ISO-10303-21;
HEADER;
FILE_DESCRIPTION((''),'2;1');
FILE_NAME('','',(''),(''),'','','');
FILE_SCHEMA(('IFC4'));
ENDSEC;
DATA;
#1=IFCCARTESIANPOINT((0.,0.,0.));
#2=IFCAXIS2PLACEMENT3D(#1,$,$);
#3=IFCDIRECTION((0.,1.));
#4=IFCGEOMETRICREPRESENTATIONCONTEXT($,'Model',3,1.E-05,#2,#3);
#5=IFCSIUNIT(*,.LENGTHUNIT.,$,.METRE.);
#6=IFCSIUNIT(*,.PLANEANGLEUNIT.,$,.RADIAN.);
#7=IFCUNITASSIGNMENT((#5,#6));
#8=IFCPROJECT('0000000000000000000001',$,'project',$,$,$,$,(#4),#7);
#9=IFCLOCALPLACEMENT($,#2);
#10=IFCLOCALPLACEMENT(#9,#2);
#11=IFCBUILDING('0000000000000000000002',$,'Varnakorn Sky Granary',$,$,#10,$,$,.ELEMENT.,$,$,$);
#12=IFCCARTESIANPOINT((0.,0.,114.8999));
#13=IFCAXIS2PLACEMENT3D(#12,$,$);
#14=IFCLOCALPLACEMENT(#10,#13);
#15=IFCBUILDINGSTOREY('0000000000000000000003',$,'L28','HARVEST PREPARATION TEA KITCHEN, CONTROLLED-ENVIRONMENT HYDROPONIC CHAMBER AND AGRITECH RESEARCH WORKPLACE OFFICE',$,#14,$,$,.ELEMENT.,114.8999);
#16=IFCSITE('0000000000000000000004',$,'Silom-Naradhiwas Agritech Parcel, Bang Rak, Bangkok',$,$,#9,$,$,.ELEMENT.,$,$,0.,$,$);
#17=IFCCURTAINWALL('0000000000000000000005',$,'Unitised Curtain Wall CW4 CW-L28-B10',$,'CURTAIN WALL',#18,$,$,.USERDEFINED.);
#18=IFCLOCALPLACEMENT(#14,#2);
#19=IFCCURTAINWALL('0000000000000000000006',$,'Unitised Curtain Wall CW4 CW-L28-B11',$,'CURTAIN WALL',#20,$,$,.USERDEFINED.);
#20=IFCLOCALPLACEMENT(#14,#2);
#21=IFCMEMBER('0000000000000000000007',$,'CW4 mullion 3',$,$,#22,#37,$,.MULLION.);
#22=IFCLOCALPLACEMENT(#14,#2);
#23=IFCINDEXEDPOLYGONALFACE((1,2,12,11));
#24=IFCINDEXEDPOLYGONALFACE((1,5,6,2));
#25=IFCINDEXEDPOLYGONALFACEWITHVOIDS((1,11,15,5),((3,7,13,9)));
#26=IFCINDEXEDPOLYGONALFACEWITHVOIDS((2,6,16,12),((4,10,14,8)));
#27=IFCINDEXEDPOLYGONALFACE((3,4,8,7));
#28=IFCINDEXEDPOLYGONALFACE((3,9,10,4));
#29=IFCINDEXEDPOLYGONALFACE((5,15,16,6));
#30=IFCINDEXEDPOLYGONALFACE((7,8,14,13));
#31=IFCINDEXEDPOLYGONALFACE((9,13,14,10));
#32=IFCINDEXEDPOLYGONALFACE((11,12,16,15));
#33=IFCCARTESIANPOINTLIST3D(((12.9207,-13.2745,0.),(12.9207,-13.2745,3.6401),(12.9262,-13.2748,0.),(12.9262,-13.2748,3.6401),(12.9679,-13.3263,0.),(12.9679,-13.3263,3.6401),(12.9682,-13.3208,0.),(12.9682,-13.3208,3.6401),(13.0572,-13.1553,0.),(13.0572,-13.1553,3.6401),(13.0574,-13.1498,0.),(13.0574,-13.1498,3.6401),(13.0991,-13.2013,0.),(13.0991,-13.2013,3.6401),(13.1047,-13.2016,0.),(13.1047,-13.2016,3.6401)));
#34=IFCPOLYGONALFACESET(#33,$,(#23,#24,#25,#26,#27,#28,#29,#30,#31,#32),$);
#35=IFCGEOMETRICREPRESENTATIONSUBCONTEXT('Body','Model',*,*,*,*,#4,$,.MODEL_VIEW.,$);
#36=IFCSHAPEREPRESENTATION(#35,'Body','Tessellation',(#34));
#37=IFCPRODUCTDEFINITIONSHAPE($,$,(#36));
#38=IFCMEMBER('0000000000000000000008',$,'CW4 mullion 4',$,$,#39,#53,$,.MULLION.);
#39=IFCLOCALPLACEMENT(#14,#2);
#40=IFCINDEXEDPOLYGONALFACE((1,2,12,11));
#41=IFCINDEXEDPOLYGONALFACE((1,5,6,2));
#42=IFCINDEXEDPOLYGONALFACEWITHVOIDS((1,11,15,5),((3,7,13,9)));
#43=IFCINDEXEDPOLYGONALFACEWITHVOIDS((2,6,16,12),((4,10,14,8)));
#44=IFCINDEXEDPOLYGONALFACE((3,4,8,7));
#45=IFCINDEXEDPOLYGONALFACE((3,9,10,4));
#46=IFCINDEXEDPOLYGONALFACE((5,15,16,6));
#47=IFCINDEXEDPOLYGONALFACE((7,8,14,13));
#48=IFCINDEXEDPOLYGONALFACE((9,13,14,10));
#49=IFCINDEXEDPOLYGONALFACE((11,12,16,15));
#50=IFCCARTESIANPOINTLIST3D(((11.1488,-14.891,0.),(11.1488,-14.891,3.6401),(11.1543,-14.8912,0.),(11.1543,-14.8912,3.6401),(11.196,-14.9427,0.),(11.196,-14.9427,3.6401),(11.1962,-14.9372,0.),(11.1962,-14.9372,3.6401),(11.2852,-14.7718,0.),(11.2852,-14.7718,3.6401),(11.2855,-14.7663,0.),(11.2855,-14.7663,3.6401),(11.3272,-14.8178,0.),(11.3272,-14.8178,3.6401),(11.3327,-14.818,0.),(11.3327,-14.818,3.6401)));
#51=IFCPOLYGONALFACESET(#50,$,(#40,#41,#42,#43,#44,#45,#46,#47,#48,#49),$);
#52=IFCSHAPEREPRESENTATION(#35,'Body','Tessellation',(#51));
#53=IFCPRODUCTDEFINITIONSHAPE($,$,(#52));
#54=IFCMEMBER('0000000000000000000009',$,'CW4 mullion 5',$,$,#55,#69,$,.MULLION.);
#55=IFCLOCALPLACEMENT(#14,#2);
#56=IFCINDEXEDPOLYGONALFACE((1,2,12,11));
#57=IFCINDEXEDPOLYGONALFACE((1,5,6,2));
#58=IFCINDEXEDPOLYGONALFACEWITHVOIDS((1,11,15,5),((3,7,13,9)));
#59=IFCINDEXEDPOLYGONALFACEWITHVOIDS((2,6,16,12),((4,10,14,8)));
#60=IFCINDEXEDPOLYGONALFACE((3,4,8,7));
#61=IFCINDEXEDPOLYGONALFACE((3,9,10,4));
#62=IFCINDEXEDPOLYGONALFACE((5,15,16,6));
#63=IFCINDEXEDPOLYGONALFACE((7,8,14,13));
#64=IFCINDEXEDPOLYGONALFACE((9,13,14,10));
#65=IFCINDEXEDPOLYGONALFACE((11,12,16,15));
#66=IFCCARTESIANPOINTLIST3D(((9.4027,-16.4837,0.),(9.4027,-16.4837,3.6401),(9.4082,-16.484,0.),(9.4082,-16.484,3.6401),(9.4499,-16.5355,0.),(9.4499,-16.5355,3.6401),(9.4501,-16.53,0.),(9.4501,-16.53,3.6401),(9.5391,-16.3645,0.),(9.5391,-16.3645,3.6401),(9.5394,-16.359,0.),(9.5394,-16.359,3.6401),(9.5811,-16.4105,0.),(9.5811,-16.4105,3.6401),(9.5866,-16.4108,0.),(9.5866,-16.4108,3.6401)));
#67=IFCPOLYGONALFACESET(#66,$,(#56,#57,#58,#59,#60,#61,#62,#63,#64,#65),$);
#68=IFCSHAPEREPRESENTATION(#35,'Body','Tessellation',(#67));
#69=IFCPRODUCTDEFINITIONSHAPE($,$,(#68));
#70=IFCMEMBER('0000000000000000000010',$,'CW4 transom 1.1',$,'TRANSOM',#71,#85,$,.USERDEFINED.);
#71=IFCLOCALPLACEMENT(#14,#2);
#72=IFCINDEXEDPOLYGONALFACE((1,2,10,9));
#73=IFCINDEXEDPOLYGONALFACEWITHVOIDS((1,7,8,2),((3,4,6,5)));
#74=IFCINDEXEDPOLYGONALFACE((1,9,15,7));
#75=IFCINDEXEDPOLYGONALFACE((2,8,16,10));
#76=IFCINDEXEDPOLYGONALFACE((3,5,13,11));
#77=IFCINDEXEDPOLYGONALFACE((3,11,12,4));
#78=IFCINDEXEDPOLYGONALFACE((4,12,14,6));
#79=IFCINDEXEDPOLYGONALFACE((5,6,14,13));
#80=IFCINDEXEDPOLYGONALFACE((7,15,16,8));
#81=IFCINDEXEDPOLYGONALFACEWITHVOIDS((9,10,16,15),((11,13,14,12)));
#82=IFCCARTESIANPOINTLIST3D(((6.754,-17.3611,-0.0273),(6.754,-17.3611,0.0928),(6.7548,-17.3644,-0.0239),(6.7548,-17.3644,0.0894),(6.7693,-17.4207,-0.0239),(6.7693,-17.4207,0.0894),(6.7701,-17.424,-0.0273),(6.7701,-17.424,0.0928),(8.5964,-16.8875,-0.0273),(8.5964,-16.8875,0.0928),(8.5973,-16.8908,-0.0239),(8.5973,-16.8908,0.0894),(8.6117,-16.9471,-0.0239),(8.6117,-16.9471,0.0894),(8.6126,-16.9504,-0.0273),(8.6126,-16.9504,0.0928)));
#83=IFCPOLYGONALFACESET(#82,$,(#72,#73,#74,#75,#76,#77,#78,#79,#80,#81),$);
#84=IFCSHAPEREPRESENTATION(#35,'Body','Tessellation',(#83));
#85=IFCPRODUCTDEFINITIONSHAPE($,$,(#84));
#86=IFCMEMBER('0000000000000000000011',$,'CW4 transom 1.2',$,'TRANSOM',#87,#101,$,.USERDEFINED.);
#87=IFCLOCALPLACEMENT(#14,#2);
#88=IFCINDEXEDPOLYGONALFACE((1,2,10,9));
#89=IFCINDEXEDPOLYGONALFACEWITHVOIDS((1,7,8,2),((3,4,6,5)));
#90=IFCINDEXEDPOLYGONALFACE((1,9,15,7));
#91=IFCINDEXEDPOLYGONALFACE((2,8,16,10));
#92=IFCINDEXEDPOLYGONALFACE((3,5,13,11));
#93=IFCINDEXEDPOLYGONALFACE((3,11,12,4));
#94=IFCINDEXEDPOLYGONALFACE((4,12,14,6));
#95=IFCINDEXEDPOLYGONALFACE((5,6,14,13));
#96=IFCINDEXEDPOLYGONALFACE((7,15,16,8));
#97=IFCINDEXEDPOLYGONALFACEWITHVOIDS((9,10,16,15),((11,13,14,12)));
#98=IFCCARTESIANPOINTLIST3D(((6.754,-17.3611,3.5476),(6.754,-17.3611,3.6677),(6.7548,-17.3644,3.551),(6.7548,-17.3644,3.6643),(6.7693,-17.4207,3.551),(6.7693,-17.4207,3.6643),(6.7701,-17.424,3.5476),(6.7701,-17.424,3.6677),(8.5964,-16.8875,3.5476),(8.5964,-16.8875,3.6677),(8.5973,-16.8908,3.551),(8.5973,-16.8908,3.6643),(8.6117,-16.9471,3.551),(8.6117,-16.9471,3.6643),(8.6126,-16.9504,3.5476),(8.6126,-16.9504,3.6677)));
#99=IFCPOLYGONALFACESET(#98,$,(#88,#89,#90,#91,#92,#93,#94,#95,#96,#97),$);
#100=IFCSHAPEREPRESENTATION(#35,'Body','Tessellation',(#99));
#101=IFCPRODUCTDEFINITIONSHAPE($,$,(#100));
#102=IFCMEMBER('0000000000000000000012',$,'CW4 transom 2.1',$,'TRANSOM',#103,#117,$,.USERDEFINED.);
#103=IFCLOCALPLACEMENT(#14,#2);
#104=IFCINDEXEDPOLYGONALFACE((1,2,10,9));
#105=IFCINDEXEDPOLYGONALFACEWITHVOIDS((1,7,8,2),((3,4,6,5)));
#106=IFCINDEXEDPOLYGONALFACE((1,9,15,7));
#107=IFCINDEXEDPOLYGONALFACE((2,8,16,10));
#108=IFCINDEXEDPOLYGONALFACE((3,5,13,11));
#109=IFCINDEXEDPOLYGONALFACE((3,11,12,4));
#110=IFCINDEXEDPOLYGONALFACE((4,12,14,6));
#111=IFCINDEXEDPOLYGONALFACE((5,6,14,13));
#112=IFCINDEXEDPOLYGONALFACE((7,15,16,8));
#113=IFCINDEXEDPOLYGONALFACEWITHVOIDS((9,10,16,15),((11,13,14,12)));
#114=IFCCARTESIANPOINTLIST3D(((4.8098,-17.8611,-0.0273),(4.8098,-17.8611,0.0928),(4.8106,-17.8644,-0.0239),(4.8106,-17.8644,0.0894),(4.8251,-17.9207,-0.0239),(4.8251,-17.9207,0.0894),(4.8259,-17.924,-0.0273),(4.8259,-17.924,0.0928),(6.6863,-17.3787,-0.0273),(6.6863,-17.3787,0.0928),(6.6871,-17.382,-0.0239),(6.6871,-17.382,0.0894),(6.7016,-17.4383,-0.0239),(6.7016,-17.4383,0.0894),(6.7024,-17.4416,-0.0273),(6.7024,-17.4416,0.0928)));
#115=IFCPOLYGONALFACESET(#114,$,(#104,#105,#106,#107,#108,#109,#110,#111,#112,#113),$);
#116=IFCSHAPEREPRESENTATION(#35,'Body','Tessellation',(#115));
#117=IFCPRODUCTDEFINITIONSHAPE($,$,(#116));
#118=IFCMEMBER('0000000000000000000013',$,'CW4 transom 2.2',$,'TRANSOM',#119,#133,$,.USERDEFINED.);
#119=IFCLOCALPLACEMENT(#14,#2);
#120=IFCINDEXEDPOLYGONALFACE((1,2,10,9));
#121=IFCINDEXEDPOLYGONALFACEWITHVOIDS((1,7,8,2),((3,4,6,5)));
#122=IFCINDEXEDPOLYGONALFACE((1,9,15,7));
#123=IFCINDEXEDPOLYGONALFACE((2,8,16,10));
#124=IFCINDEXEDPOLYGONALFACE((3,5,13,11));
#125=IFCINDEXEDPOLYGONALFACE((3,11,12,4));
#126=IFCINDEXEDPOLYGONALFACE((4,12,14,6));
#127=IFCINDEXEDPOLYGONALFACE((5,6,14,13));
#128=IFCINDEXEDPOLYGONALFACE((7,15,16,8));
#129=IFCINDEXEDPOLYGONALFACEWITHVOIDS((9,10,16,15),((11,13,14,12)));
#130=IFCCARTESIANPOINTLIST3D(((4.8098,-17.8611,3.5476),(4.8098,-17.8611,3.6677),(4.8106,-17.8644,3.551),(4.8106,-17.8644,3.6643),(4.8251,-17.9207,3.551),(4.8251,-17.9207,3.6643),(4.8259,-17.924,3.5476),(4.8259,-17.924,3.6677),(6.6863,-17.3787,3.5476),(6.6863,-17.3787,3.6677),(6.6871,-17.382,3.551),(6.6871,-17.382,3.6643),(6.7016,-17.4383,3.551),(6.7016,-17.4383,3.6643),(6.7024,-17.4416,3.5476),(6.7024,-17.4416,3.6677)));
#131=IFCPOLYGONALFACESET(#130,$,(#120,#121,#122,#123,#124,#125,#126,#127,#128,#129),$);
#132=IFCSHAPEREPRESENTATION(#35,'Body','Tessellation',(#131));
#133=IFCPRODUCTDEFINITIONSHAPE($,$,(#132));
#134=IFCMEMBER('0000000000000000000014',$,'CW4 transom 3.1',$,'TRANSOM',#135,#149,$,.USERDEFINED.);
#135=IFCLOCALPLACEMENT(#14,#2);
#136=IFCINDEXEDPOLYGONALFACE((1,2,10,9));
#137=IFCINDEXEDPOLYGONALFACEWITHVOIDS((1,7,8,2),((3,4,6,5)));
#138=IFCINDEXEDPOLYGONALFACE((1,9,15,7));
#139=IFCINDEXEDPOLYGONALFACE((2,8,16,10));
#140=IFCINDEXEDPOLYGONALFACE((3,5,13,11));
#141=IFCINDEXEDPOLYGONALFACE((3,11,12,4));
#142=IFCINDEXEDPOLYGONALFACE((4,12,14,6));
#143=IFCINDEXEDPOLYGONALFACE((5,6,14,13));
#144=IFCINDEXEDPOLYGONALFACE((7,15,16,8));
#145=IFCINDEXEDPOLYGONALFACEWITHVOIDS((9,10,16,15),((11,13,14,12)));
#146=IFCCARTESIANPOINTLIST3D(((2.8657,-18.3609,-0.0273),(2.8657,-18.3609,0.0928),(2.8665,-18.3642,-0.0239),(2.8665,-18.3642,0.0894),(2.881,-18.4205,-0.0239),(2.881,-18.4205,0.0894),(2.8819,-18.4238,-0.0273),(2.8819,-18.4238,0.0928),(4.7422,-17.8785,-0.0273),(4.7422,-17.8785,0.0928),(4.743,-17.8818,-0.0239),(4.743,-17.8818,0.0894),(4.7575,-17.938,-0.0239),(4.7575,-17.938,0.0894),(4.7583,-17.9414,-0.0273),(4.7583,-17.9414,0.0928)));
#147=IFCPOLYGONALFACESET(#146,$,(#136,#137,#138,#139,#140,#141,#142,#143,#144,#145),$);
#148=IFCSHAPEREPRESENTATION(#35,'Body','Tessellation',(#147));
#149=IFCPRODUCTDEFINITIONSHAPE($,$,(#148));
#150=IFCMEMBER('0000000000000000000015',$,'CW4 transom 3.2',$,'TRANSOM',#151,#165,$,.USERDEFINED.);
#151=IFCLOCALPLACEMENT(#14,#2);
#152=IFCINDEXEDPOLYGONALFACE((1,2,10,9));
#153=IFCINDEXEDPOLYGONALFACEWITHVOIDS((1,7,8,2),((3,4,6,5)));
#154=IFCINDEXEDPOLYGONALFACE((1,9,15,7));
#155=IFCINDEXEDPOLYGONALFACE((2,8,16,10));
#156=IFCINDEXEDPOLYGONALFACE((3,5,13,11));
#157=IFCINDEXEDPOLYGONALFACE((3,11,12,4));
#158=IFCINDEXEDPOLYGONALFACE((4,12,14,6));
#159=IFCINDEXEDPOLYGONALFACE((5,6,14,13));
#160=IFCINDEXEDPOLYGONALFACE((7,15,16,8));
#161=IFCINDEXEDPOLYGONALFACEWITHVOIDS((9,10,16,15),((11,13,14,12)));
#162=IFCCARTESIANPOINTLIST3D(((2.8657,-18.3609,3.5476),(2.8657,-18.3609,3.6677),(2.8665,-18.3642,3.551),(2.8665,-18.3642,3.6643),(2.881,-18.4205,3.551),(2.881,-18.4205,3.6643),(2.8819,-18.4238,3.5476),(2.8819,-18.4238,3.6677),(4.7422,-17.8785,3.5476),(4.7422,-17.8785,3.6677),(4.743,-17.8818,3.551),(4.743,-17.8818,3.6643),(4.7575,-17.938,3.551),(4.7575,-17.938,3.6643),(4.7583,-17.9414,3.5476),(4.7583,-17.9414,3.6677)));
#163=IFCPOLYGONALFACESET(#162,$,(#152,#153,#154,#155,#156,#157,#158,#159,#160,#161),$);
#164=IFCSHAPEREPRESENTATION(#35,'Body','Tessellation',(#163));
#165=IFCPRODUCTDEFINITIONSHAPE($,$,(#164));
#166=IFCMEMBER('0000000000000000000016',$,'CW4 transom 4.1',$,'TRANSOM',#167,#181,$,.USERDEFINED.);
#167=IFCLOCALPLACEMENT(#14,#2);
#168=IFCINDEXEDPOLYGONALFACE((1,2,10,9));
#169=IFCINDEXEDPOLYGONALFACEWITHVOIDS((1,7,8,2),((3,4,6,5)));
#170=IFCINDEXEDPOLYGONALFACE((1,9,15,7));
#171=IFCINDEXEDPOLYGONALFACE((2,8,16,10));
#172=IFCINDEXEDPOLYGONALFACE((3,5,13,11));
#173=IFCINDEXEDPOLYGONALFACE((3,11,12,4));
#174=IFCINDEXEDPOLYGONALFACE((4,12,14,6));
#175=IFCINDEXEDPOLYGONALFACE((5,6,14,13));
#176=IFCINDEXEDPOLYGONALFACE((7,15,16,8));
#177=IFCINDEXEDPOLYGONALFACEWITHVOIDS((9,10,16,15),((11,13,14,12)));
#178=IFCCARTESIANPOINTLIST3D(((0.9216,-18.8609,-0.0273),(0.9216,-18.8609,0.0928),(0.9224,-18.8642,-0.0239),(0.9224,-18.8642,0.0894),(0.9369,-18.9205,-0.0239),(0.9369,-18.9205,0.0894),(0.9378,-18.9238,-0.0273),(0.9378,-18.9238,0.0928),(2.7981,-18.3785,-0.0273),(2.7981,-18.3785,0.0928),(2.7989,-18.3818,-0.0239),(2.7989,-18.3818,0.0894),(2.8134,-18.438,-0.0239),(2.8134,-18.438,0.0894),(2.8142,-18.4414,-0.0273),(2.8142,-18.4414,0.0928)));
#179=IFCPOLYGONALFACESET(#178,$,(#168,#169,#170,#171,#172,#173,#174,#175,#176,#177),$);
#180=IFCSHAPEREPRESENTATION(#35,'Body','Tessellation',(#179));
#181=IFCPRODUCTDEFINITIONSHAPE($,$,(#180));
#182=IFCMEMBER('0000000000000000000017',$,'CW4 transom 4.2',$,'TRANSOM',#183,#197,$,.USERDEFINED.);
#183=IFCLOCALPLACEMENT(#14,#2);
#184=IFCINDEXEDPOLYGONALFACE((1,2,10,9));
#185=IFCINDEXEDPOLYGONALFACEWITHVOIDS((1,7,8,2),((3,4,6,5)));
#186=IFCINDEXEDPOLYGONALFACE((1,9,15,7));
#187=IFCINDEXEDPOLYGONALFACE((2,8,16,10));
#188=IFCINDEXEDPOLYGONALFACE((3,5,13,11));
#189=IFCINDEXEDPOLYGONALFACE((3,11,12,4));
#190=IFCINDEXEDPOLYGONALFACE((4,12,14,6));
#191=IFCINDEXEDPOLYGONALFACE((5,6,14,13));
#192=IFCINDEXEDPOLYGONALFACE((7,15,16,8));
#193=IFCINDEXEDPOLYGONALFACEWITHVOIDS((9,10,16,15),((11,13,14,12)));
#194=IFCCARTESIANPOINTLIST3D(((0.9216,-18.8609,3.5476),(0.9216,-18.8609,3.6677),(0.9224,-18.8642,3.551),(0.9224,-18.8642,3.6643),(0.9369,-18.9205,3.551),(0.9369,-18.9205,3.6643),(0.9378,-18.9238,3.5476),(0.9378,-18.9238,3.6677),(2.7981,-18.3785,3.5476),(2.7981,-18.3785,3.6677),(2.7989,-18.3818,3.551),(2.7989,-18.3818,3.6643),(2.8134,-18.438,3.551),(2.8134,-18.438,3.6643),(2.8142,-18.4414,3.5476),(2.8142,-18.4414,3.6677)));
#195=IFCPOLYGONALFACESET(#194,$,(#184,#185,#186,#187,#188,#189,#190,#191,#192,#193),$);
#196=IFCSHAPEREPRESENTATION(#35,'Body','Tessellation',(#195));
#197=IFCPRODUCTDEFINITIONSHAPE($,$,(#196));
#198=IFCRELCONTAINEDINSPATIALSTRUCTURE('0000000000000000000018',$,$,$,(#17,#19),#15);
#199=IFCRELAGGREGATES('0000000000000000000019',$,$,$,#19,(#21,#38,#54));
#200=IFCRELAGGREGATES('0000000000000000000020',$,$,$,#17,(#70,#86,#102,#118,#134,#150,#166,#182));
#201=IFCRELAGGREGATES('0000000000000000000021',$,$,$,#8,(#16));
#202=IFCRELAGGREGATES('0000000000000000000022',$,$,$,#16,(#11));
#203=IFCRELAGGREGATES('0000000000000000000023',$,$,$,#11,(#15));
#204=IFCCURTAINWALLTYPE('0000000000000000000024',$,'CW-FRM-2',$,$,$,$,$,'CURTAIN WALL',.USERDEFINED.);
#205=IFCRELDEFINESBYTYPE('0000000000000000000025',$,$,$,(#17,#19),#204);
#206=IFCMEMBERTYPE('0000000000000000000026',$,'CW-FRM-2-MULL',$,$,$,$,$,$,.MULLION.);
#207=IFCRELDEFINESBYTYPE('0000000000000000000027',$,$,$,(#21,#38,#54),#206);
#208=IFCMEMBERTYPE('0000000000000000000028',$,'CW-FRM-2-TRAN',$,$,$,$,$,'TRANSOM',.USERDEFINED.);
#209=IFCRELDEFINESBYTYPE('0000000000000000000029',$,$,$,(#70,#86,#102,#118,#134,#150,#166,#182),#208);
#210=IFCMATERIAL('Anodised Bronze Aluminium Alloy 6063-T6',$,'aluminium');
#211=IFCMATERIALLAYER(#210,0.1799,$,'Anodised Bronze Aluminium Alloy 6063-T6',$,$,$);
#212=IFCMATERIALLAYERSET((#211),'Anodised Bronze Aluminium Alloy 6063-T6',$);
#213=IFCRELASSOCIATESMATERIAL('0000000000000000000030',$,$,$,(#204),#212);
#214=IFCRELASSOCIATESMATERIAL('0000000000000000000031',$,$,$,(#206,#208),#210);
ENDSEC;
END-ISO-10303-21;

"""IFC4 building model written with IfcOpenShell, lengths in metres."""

from ifc_helpers import new_model, si_unit, direction, frame, origin, origin_2d, place, context, subcontext, project, spatial, hollow_rectangle, extrude, material, layer, layer_set, material_profile, profile_set, type_object, element, aggregate, save


model = new_model("IFC4")

# Units and contexts
model_context = context("Model", 3, precision=1e-05, world=origin(), true_north=direction((0.0, 1.0)))
body_context = subcontext(model_context, "Body", "Model", "MODEL_VIEW")
ifc_project = project(units=[si_unit("LENGTHUNIT", "METRE"), si_unit("PLANEANGLEUNIT", "RADIAN")], contexts=[model_context])

# Site, building, storey
site_placement = place(None, origin())
site = spatial("IfcSite", under=ifc_project, at=site_placement, Name="Silom-Naradhiwas Agritech Parcel, Bang Rak, Bangkok", CompositionType="ELEMENT", RefElevation=0.0)
building_placement = place(site_placement, origin())
building = spatial("IfcBuilding", under=site, at=building_placement, Name="Varnakorn Sky Granary", CompositionType="ELEMENT")
storey_placement = place(building_placement, frame((0.0, 0.0, 114.8999)))
storey = spatial("IfcBuildingStorey", under=building, at=storey_placement, Name="L28", Description="HARVEST PREPARATION TEA KITCHEN, CONTROLLED-ENVIRONMENT HYDROPONIC CHAMBER AND AGRITECH RESEARCH WORKPLACE OFFICE", CompositionType="ELEMENT", Elevation=114.8999)

# Curtain walls, members
ifc_material_1 = material(Name="Anodised Bronze Aluminium Alloy 6063-T6", Category="aluminium")
ifc_layer_1 = layer(ifc_material_1, 0.1799, Name="Anodised Bronze Aluminium Alloy 6063-T6")
ifc_layer_set_1 = layer_set([ifc_layer_1], Name="Anodised Bronze Aluminium Alloy 6063-T6")
curtain_wall_type = type_object("IfcCurtainWallType", Name="CW-FRM-2", ElementType="CURTAIN WALL", PredefinedType="USERDEFINED", material=ifc_layer_set_1)
curtain_wall_1_placement = place(storey_placement, origin())
curtain_wall_1 = element("IfcCurtainWall", 1, at=curtain_wall_1_placement, inside=storey, type_object=curtain_wall_type, Name="Unitised Curtain Wall CW4 CW-L28-B10", ObjectType="CURTAIN WALL", PredefinedType="USERDEFINED")
ifc_material_profile_1 = material_profile(ifc_material_1, hollow_rectangle(XDim=0.0701, YDim=0.1851, WallThickness=0.0039, at=origin_2d()), Name="ALU MULL 70x185")
ifc_profile_set_1 = profile_set([ifc_material_profile_1], Name="Anodised Bronze Aluminium Alloy 6063-T6")
member_type_1 = type_object("IfcMemberType", Name="CW-FRM-2-MULL", PredefinedType="MULLION", material=ifc_profile_set_1)
curtain_wall_2_placement = place(storey_placement, origin())
curtain_wall_2 = element("IfcCurtainWall", 2, at=curtain_wall_2_placement, inside=storey, type_object=curtain_wall_type, Name="Unitised Curtain Wall CW4 CW-L28-B11", ObjectType="CURTAIN WALL", PredefinedType="USERDEFINED")
member_1_placement = place(storey_placement, frame((13.0127, -13.238, 0.0), z_axis=(0.0, 0.0, 1.0), x_axis=(0.673925, -0.7388, 0.0)))
member_1 = element("IfcMember", 3, at=member_1_placement, type_object=member_type_1, Name="CW4 mullion 3", PredefinedType="MULLION", context=body_context, shape_type="SweptSolid", body=[
    extrude(hollow_rectangle(XDim=0.0701, YDim=0.1851, WallThickness=0.0039, at=origin_2d()), origin(), (0.0, 0.0, 1.0), 3.6401),
])
member_2_placement = place(storey_placement, frame((11.2407, -14.8545, 0.0), z_axis=(0.0, 0.0, 1.0), x_axis=(0.673925, -0.7388, 0.0)))
member_2 = element("IfcMember", 4, at=member_2_placement, type_object=member_type_1, Name="CW4 mullion 4", PredefinedType="MULLION", context=body_context, shape_type="SweptSolid", body=[
    extrude(hollow_rectangle(XDim=0.0701, YDim=0.1851, WallThickness=0.0039, at=origin_2d()), origin(), (0.0, 0.0, 1.0), 3.6401),
])
member_3_placement = place(storey_placement, frame((9.4946, -16.4473, 0.0), z_axis=(0.0, 0.0, 1.0), x_axis=(0.673925, -0.7388, 0.0)))
member_3 = element("IfcMember", 5, at=member_3_placement, type_object=member_type_1, Name="CW4 mullion 5", PredefinedType="MULLION", context=body_context, shape_type="SweptSolid", body=[
    extrude(hollow_rectangle(XDim=0.0701, YDim=0.1851, WallThickness=0.0039, at=origin_2d()), origin(), (0.0, 0.0, 1.0), 3.6401),
])

# Members
ifc_material_profile_2 = material_profile(ifc_material_1, hollow_rectangle(XDim=0.0649, YDim=0.1201, WallThickness=0.0034, at=origin_2d()), Name="ALU TRAN 65x120")
ifc_profile_set_2 = profile_set([ifc_material_profile_2], Name="Anodised Bronze Aluminium Alloy 6063-T6")
member_type_2 = type_object("IfcMemberType", Name="CW-FRM-2-TRAN", ElementType="TRANSOM", PredefinedType="USERDEFINED", material=ifc_profile_set_2)
member_4_placement = place(storey_placement, frame((8.6045, -16.9189, 0.0327), z_axis=(-0.968513, -0.248962, 0.0), x_axis=(0.248962, -0.968513, 0.0)))
member_4 = element("IfcMember", 6, at=member_4_placement, type_object=member_type_2, Name="CW4 transom 1.1", ObjectType="TRANSOM", PredefinedType="USERDEFINED", context=body_context, shape_type="SweptSolid", body=[
    extrude(hollow_rectangle(XDim=0.0649, YDim=0.1201, WallThickness=0.0034, at=origin_2d()), origin(), (0.0, 0.0, 1.0), 1.9023),
])
member_5_placement = place(storey_placement, frame((8.6045, -16.9189, 3.6077), z_axis=(-0.968513, -0.248962, 0.0), x_axis=(0.248962, -0.968513, 0.0)))
member_5 = element("IfcMember", 7, at=member_5_placement, type_object=member_type_2, Name="CW4 transom 1.2", ObjectType="TRANSOM", PredefinedType="USERDEFINED", context=body_context, shape_type="SweptSolid", body=[
    extrude(hollow_rectangle(XDim=0.0649, YDim=0.1201, WallThickness=0.0034, at=origin_2d()), origin(), (0.0, 0.0, 1.0), 1.9023),
])
member_6_placement = place(storey_placement, frame((6.6943, -17.4102, 0.0327), z_axis=(-0.968505, -0.248994, 0.0), x_axis=(0.248994, -0.968505, 0.0)))
member_6 = element("IfcMember", 8, at=member_6_placement, type_object=member_type_2, Name="CW4 transom 2.1", ObjectType="TRANSOM", PredefinedType="USERDEFINED", context=body_context, shape_type="SweptSolid", body=[
    extrude(hollow_rectangle(XDim=0.0649, YDim=0.1201, WallThickness=0.0034, at=origin_2d()), origin(), (0.0, 0.0, 1.0), 1.9375),
])
member_7_placement = place(storey_placement, frame((6.6943, -17.4102, 3.6077), z_axis=(-0.968505, -0.248994, 0.0), x_axis=(0.248994, -0.968505, 0.0)))
member_7 = element("IfcMember", 9, at=member_7_placement, type_object=member_type_2, Name="CW4 transom 2.2", ObjectType="TRANSOM", PredefinedType="USERDEFINED", context=body_context, shape_type="SweptSolid", body=[
    extrude(hollow_rectangle(XDim=0.0649, YDim=0.1201, WallThickness=0.0034, at=origin_2d()), origin(), (0.0, 0.0, 1.0), 1.9375),
])
member_8_placement = place(storey_placement, frame((4.7502, -17.9099, 0.0327), z_axis=(-0.968505, -0.248994, 0.0), x_axis=(0.248994, -0.968505, 0.0)))
member_8 = element("IfcMember", 10, at=member_8_placement, type_object=member_type_2, Name="CW4 transom 3.1", ObjectType="TRANSOM", PredefinedType="USERDEFINED", context=body_context, shape_type="SweptSolid", body=[
    extrude(hollow_rectangle(XDim=0.0649, YDim=0.1201, WallThickness=0.0034, at=origin_2d()), origin(), (0.0, 0.0, 1.0), 1.9375),
])
member_9_placement = place(storey_placement, frame((4.7502, -17.9099, 3.6077), z_axis=(-0.968505, -0.248994, 0.0), x_axis=(0.248994, -0.968505, 0.0)))
member_9 = element("IfcMember", 11, at=member_9_placement, type_object=member_type_2, Name="CW4 transom 3.2", ObjectType="TRANSOM", PredefinedType="USERDEFINED", context=body_context, shape_type="SweptSolid", body=[
    extrude(hollow_rectangle(XDim=0.0649, YDim=0.1201, WallThickness=0.0034, at=origin_2d()), origin(), (0.0, 0.0, 1.0), 1.9375),
])
member_10_placement = place(storey_placement, frame((2.8062, -18.4099, 0.0327), z_axis=(-0.968505, -0.248994, 0.0), x_axis=(0.248994, -0.968505, 0.0)))
member_10 = element("IfcMember", 12, at=member_10_placement, type_object=member_type_2, Name="CW4 transom 4.1", ObjectType="TRANSOM", PredefinedType="USERDEFINED", context=body_context, shape_type="SweptSolid", body=[
    extrude(hollow_rectangle(XDim=0.0649, YDim=0.1201, WallThickness=0.0034, at=origin_2d()), origin(), (0.0, 0.0, 1.0), 1.9375),
])
member_11_placement = place(storey_placement, frame((2.8062, -18.4099, 3.6077), z_axis=(-0.968505, -0.248994, 0.0), x_axis=(0.248994, -0.968505, 0.0)))
member_11 = element("IfcMember", 13, at=member_11_placement, type_object=member_type_2, Name="CW4 transom 4.2", ObjectType="TRANSOM", PredefinedType="USERDEFINED", context=body_context, shape_type="SweptSolid", body=[
    extrude(hollow_rectangle(XDim=0.0649, YDim=0.1201, WallThickness=0.0034, at=origin_2d()), origin(), (0.0, 0.0, 1.0), 1.9375),
])

aggregate(curtain_wall_2, [member_1, member_2, member_3])
aggregate(curtain_wall_1, [member_4, member_5, member_6, member_7, member_8, member_9, member_10, member_11])

save(model, "model.ifc")
